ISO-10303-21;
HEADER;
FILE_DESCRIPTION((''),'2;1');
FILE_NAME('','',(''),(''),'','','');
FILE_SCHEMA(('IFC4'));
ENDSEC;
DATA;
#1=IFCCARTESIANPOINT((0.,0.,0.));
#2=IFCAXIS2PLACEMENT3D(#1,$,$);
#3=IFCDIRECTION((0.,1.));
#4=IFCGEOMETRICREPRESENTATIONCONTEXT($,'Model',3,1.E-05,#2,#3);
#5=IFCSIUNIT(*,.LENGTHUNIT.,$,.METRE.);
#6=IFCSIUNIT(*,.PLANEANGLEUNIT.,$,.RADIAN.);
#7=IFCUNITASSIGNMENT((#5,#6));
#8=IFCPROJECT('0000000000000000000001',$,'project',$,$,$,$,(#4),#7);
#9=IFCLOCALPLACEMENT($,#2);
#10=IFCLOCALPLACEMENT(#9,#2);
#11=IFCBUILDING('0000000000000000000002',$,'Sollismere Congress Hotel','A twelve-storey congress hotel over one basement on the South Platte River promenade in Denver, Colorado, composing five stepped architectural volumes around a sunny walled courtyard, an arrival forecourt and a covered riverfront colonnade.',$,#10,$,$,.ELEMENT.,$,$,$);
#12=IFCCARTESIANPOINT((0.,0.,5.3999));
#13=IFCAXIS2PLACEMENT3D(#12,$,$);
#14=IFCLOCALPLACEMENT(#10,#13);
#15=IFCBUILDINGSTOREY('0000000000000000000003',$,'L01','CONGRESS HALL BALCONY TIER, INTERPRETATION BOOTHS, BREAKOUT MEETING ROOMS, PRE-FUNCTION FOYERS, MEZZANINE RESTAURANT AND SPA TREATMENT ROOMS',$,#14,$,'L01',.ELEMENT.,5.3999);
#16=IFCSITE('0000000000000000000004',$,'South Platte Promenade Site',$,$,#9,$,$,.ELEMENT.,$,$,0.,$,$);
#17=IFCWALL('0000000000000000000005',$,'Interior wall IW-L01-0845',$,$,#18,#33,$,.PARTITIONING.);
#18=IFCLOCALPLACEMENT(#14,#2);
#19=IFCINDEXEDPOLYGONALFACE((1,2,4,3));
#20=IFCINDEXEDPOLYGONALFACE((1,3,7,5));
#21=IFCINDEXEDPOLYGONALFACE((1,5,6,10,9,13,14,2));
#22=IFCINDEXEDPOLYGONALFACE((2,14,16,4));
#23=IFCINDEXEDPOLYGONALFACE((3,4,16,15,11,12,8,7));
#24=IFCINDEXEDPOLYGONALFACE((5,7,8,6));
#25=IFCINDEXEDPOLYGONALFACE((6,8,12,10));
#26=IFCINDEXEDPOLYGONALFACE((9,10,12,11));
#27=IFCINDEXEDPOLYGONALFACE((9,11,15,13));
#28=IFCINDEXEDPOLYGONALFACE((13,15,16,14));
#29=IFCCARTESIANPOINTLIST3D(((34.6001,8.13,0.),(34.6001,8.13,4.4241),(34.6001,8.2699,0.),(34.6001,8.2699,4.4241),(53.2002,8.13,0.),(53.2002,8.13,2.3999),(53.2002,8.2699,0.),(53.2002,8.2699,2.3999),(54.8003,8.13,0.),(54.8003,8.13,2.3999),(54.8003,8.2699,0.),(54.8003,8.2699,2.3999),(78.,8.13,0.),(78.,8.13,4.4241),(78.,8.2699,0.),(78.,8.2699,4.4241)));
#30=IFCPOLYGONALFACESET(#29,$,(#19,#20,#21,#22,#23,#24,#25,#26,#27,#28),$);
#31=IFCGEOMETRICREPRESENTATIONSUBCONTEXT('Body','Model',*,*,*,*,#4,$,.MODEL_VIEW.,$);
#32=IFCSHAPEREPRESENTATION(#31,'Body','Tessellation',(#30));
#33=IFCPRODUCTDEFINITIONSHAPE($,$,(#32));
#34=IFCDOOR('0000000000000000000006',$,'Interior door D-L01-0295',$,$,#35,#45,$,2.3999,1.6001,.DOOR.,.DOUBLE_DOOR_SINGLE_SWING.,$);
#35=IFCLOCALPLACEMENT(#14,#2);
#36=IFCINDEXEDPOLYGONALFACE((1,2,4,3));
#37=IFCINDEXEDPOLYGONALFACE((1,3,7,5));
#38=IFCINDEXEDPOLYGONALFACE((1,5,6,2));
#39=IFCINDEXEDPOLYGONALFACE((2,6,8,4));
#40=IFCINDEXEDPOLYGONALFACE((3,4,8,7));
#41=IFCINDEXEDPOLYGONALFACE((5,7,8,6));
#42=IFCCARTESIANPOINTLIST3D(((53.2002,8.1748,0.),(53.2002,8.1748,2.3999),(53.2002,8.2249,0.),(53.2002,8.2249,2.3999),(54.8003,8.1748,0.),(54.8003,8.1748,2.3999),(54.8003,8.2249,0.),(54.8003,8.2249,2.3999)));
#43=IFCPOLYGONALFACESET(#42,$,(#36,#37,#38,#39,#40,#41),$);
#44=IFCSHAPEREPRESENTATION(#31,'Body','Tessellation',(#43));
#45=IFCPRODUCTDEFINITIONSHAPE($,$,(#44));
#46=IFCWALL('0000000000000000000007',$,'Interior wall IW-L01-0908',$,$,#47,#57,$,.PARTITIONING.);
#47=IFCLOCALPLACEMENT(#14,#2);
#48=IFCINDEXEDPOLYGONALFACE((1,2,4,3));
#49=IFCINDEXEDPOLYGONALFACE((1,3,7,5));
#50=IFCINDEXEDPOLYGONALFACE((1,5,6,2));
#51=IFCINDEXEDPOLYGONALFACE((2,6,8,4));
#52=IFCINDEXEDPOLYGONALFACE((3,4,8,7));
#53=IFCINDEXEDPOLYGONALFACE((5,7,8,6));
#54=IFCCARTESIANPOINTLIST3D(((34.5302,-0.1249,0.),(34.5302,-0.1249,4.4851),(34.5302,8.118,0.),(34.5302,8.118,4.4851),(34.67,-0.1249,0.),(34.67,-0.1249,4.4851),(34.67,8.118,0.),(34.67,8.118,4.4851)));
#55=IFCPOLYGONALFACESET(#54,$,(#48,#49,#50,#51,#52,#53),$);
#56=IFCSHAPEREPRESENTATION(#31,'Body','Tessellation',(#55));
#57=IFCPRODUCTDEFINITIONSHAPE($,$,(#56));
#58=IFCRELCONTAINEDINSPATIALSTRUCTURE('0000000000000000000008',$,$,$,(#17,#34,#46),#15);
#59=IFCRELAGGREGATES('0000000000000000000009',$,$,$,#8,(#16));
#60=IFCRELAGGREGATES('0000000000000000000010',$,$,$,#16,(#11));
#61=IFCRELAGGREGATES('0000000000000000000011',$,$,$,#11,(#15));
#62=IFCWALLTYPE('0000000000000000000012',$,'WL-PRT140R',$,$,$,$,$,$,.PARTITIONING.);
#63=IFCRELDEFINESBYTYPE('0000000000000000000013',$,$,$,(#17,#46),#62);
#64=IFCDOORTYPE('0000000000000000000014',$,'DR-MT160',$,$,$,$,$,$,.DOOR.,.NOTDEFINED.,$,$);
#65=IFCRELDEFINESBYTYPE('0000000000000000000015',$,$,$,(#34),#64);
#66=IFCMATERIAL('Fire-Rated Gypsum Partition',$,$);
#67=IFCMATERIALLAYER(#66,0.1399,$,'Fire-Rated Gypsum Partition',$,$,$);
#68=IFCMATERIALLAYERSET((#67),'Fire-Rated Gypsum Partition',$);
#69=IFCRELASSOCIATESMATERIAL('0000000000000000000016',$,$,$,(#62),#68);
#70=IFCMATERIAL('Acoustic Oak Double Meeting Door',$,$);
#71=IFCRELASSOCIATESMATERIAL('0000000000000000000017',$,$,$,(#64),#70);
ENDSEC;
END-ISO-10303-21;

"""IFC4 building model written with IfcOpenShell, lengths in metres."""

from ifc_helpers import new_model, si_unit, direction, frame, frame_2d, origin, place, context, subcontext, project, spatial, rectangle, extrude, material, layer, layer_set, type_object, element, fill, save


model = new_model("IFC4")

# Units and contexts
model_context = context("Model", 3, precision=1e-05, world=origin(), true_north=direction((0.0, 1.0)))
body_context = subcontext(model_context, "Body", "Model", "MODEL_VIEW")
ifc_project = project(units=[si_unit("LENGTHUNIT", "METRE"), si_unit("PLANEANGLEUNIT", "RADIAN")], contexts=[model_context])

# Site, building, storey
site_placement = place(None, origin())
site = spatial("IfcSite", under=ifc_project, at=site_placement, Name="South Platte Promenade Site", CompositionType="ELEMENT", RefElevation=0.0)
building_placement = place(site_placement, origin())
building = spatial("IfcBuilding", under=site, at=building_placement, Name="Sollismere Congress Hotel", Description="A twelve-storey congress hotel over one basement on the South Platte River promenade in Denver, Colorado, composing five stepped architectural volumes around a sunny walled courtyard, an arrival forecourt and a covered riverfront colonnade.", CompositionType="ELEMENT")
storey_placement = place(building_placement, frame((0.0, 0.0, 5.3999)))
storey = spatial("IfcBuildingStorey", under=building, at=storey_placement, Name="L01", Description="CONGRESS HALL BALCONY TIER, INTERPRETATION BOOTHS, BREAKOUT MEETING ROOMS, PRE-FUNCTION FOYERS, MEZZANINE RESTAURANT AND SPA TREATMENT ROOMS", LongName="L01", CompositionType="ELEMENT", Elevation=5.3999)

# Wall, opening, door
ifc_material_1 = material(Name="Fire-Rated Gypsum Partition")
ifc_layer_1 = layer(ifc_material_1, 0.1399, Name="Fire-Rated Gypsum Partition")
ifc_layer_set_1 = layer_set([ifc_layer_1], Name="Fire-Rated Gypsum Partition")
wall_type_1 = type_object("IfcWallType", Name="WL-PRT140R", PredefinedType="PARTITIONING", material=ifc_layer_set_1)
wall_1_placement = place(storey_placement, frame((34.6001, 8.2, 0.0), z_axis=(0.0, 0.0, 1.0), x_axis=(1.0, 0.0, 0.0)))
wall_1 = element("IfcWall", 1, at=wall_1_placement, inside=storey, type_object=wall_type_1, Name="Interior wall IW-L01-0845", PredefinedType="PARTITIONING", context=body_context, shape_type="SweptSolid", body=[
    extrude(rectangle(XDim=43.3999, YDim=0.1399, at=frame_2d((21.7, 0.0))), origin(), (0.0, 0.0, 1.0), 4.4241),
])
opening_1_placement = place(wall_1_placement, frame((18.6001, 0.0, 0.0)))
opening_1 = element("IfcOpeningElement", 2, at=opening_1_placement, cuts=wall_1, PredefinedType="OPENING", context=body_context, shape_type="SweptSolid", body=[
    extrude(rectangle(XDim=1.6001, YDim=2.3999, at=frame_2d((0.8, 1.2))), frame((0.0, 0.0798, 0.0), z_axis=(0.0, -1.0, 0.0), x_axis=(1.0, 0.0, 0.0)), (0.0, 0.0, 1.0), 0.1599),
])
ifc_material_2 = material(Name="Acoustic Oak Double Meeting Door")
door_type = type_object("IfcDoorType", Name="DR-MT160", OperationType="NOTDEFINED", PredefinedType="DOOR", material=ifc_material_2)
door_placement = place(opening_1_placement, origin())
door = element("IfcDoor", 3, at=door_placement, inside=storey, type_object=door_type, Name="Interior door D-L01-0295", OperationType="DOUBLE_DOOR_SINGLE_SWING", OverallHeight=2.3999, OverallWidth=1.6001, PredefinedType="DOOR", context=body_context, shape_type="SweptSolid", body=[
    extrude(rectangle(XDim=1.6001, YDim=2.3999, at=frame_2d((0.8, 1.2))), frame((0.0, 0.0249, 0.0), z_axis=(0.0, -1.0, 0.0), x_axis=(1.0, 0.0, 0.0)), (0.0, 0.0, 1.0), 0.05),
])
fill(opening_1, door)

# Wall
wall_2_placement = place(storey_placement, frame((34.6001, -0.125, 0.0), z_axis=(0.0, 0.0, 1.0), x_axis=(0.0, 1.0, 0.0)))
element("IfcWall", 4, at=wall_2_placement, inside=storey, type_object=wall_type_1, Name="Interior wall IW-L01-0908", PredefinedType="PARTITIONING", context=body_context, shape_type="SweptSolid", body=[
    extrude(rectangle(XDim=8.2429, YDim=0.1399, at=frame_2d((4.1216, 0.0))), origin(), (0.0, 0.0, 1.0), 4.4851),
])

save(model, "model.ifc")
